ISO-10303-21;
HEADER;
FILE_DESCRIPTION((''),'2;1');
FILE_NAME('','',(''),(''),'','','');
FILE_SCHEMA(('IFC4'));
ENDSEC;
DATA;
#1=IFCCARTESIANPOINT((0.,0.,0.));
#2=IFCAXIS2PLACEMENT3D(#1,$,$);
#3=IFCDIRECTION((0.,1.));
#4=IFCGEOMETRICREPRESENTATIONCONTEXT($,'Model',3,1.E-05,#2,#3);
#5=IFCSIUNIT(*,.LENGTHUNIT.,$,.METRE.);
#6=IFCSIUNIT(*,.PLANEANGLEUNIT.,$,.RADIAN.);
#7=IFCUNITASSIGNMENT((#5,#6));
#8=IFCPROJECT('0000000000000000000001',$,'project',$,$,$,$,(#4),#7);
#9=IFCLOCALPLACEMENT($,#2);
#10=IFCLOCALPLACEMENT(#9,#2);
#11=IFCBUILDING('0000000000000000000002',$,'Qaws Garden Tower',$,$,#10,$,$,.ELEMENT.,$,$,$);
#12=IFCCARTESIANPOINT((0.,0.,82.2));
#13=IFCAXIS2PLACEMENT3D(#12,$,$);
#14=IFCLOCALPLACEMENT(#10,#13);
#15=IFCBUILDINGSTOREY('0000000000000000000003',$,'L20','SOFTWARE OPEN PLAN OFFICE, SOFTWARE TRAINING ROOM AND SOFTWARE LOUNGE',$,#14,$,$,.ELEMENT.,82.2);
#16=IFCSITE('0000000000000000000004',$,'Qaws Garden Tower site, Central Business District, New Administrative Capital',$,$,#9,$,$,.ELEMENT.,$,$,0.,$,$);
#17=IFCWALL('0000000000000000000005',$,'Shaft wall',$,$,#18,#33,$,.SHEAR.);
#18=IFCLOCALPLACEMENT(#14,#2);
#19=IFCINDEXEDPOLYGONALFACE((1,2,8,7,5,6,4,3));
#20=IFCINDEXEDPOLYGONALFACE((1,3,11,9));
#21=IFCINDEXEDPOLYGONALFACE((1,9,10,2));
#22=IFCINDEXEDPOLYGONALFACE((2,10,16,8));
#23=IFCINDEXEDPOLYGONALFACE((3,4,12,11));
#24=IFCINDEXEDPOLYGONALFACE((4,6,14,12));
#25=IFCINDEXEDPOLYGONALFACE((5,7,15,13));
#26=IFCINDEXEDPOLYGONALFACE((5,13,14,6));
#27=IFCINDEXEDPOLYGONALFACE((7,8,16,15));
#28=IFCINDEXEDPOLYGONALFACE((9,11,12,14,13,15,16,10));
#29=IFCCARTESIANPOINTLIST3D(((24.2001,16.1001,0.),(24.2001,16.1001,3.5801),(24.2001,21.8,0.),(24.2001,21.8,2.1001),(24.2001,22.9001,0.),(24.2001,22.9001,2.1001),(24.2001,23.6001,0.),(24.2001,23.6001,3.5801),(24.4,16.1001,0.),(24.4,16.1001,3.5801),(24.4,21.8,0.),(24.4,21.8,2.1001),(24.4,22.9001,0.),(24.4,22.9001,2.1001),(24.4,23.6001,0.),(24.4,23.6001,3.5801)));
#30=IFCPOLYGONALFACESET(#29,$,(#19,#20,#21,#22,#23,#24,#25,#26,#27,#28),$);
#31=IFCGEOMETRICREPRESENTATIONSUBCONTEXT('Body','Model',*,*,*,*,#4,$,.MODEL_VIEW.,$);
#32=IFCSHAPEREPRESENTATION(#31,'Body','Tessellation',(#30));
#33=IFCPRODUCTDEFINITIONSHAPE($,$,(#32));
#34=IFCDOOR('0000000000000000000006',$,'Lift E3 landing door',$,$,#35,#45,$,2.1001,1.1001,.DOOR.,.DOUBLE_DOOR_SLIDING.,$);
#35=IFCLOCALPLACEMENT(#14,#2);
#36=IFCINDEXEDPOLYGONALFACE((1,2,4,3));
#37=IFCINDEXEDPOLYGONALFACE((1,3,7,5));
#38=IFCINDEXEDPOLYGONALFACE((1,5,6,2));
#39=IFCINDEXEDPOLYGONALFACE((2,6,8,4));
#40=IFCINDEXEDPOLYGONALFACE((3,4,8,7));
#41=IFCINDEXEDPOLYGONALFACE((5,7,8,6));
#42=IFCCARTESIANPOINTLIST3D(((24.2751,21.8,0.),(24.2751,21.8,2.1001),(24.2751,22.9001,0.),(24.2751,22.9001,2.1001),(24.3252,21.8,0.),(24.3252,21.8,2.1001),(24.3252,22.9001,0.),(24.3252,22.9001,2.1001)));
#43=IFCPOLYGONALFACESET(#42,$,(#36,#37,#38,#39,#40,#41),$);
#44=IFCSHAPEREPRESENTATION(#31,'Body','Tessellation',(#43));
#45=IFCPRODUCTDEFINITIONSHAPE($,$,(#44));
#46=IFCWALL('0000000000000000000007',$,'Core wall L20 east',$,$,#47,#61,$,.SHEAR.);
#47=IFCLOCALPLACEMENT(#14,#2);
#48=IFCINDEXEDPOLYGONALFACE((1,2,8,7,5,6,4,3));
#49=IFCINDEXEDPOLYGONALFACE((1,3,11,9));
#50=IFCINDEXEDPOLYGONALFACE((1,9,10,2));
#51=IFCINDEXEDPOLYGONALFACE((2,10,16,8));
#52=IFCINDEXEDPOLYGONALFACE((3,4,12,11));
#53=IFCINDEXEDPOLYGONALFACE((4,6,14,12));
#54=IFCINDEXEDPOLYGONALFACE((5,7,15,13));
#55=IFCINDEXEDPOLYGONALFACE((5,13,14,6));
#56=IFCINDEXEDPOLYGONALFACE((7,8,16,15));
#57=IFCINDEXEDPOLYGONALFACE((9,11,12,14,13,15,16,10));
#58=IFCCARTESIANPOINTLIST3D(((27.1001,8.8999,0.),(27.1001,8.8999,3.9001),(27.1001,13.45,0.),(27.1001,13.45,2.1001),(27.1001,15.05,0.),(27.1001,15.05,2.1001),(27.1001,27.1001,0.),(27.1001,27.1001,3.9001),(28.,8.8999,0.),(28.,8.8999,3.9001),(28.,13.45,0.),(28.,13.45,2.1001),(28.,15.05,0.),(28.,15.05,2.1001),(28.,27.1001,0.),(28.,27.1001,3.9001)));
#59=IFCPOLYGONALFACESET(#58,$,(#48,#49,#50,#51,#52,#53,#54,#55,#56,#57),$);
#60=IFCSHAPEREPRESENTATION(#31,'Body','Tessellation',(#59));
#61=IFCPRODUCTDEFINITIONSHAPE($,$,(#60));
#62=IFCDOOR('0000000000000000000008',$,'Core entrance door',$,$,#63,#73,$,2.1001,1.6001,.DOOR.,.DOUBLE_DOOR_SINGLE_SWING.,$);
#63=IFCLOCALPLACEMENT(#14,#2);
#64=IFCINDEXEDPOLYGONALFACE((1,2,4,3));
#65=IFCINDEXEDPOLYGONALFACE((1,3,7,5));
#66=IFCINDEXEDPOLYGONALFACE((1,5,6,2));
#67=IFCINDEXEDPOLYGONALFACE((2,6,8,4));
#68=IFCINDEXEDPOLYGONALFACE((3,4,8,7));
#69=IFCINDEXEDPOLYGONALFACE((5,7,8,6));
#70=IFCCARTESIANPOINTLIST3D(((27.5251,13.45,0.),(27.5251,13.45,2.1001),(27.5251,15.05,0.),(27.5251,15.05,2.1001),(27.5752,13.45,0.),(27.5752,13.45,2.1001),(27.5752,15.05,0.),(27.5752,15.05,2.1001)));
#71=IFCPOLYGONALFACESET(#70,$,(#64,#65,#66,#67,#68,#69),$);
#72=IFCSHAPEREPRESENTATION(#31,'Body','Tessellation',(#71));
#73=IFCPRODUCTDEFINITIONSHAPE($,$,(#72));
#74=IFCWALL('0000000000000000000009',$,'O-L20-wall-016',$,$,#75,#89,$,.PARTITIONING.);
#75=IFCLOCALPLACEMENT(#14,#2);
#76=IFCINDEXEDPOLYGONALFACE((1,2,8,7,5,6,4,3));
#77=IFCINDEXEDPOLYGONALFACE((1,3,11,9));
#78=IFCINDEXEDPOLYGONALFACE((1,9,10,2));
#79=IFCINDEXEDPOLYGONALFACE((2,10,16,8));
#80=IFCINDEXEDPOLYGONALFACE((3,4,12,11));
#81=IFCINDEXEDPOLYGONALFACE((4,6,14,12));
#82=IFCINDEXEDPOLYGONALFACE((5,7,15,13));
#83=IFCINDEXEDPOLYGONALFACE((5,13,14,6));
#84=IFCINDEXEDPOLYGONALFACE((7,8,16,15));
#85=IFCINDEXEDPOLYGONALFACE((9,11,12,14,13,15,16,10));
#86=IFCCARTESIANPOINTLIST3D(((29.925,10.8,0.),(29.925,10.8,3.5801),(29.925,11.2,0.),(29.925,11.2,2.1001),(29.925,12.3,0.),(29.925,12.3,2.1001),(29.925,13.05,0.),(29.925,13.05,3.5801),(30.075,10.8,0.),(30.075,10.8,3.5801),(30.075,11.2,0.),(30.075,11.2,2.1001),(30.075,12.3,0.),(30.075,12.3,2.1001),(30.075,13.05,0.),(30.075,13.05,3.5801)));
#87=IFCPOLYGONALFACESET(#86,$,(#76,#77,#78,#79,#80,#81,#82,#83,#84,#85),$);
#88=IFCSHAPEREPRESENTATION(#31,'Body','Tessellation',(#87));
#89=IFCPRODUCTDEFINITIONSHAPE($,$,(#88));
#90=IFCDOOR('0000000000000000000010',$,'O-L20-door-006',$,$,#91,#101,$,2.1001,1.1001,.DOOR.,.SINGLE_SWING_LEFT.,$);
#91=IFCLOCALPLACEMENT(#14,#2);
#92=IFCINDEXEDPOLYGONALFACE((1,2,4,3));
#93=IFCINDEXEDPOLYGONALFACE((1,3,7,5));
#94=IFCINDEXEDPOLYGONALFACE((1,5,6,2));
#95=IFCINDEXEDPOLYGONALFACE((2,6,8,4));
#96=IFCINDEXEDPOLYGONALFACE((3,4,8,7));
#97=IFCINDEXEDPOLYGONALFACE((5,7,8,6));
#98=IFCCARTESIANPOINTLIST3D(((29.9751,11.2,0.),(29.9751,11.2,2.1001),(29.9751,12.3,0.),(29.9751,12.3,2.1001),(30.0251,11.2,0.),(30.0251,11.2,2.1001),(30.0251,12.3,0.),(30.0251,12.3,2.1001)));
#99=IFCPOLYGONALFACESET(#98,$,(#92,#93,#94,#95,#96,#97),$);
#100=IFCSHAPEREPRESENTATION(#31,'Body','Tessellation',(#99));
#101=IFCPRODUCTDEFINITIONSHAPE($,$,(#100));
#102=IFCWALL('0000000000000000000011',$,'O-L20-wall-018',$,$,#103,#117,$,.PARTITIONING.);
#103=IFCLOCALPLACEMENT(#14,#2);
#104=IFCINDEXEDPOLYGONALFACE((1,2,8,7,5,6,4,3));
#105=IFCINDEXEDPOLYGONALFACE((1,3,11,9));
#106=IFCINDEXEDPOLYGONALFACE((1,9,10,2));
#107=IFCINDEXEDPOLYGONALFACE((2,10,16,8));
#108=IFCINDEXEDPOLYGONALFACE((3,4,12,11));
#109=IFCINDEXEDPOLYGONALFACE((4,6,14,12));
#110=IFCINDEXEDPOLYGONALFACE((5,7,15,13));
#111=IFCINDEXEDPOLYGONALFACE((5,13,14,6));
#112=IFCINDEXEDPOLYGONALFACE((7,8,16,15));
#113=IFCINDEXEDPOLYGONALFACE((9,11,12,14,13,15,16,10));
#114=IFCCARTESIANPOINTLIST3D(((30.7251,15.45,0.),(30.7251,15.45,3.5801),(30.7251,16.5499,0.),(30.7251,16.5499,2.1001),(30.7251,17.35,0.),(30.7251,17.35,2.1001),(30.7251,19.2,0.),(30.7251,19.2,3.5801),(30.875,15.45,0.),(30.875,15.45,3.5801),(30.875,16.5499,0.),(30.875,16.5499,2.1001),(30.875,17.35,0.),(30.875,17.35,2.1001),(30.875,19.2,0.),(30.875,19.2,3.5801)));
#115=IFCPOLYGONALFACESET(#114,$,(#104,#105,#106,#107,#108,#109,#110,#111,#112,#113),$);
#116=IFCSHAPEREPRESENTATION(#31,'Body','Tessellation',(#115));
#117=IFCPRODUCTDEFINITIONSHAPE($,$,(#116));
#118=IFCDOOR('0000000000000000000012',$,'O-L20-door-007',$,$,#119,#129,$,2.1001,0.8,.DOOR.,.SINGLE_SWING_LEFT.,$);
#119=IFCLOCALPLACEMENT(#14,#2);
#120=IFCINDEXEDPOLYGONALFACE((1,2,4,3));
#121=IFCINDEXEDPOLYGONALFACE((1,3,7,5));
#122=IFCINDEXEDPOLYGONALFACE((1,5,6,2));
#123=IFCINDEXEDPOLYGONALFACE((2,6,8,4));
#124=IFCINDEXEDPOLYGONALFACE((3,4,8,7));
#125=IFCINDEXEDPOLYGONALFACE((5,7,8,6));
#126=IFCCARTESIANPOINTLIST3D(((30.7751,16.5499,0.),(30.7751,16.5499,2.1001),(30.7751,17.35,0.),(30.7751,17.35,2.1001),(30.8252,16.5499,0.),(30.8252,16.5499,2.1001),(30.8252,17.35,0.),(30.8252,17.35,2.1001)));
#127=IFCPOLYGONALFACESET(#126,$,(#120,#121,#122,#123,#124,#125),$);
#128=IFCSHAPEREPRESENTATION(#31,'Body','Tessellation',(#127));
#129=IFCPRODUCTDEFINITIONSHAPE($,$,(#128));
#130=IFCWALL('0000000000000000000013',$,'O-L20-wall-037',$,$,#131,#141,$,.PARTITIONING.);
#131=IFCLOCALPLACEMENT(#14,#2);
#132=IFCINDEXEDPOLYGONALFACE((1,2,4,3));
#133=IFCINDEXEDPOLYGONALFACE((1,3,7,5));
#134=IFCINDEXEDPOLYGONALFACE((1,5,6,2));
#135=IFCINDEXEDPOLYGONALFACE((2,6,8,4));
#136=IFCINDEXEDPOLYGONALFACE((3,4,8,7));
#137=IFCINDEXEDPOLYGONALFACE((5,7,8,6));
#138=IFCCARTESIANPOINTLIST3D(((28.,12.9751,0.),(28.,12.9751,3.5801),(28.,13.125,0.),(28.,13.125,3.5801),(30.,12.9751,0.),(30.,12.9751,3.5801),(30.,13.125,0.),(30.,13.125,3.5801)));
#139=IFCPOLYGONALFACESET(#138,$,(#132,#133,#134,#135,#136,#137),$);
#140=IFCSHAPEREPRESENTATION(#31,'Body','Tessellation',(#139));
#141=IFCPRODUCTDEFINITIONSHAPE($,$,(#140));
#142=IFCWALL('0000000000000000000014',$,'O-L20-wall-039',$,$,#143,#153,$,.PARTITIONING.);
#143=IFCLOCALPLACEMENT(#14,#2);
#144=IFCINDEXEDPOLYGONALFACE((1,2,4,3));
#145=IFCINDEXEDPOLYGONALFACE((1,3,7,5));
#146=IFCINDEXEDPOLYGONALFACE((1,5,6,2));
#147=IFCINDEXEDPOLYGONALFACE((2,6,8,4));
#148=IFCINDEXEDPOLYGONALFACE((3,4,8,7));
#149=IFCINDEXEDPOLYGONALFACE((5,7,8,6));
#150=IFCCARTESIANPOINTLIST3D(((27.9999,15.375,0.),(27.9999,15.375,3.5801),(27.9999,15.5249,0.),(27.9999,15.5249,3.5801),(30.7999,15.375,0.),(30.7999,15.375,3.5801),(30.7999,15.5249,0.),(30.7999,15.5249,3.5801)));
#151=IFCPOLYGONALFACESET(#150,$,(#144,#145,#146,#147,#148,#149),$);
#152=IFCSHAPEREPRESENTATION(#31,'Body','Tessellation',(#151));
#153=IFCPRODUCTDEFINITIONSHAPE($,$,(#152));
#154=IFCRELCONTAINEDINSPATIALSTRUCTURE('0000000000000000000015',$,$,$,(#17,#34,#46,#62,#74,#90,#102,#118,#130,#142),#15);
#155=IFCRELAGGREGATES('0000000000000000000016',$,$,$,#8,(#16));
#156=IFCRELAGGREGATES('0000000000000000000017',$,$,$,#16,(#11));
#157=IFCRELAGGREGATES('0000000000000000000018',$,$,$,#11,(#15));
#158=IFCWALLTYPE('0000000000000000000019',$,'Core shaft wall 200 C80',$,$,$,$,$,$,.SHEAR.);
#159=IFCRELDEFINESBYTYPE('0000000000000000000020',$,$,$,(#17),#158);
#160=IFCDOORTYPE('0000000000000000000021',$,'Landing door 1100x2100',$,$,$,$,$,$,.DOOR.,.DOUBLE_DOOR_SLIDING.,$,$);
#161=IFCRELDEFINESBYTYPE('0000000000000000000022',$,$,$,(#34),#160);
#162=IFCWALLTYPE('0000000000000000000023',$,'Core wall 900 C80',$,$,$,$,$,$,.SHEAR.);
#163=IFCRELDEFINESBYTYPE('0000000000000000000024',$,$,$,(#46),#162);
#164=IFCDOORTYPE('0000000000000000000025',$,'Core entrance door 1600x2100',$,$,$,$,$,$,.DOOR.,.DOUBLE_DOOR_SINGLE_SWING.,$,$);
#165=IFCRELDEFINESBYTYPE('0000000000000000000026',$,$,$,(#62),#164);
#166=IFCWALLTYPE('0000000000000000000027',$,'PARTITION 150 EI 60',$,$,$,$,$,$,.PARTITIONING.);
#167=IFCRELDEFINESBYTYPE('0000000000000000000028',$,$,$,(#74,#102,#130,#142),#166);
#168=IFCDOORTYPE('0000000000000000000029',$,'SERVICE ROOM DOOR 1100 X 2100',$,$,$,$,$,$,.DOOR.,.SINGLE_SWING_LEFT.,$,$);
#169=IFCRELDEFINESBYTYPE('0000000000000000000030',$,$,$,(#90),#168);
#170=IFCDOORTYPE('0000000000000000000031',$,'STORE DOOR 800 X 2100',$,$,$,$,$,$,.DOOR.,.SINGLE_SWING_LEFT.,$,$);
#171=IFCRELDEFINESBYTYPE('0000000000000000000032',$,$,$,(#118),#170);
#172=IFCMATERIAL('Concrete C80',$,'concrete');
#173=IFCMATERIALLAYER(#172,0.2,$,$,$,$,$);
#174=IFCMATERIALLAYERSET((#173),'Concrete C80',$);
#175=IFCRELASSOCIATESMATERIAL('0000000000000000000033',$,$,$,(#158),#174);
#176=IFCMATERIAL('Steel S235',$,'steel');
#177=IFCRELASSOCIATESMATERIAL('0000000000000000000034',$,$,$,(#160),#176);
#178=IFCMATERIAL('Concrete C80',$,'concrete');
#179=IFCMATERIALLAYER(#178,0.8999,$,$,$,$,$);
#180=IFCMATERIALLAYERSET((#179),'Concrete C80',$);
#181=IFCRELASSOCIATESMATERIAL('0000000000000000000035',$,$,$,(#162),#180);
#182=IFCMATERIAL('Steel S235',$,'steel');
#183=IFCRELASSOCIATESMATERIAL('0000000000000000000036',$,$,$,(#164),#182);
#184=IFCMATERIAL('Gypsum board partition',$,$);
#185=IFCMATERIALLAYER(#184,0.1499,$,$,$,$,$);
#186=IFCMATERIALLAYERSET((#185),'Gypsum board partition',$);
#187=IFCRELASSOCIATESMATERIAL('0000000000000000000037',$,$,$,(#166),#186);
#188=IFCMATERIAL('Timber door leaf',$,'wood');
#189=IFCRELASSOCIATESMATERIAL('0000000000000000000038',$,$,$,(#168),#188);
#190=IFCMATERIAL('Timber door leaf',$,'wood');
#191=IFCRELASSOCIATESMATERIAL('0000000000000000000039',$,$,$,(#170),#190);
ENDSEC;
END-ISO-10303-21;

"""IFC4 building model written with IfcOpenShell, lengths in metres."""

from ifc_helpers import new_model, si_unit, direction, frame, frame_2d, origin, place, context, subcontext, project, spatial, rectangle, extrude, material, layer, layer_set, type_object, element, fill, save


model = new_model("IFC4")

# Units and contexts
model_context = context("Model", 3, precision=1e-05, world=origin(), true_north=direction((0.0, 1.0)))
body_context = subcontext(model_context, "Body", "Model", "MODEL_VIEW")
ifc_project = project(units=[si_unit("LENGTHUNIT", "METRE"), si_unit("PLANEANGLEUNIT", "RADIAN")], contexts=[model_context])

# Site, building, storey
site_placement = place(None, origin())
site = spatial("IfcSite", under=ifc_project, at=site_placement, Name="Qaws Garden Tower site, Central Business District, New Administrative Capital", CompositionType="ELEMENT", RefElevation=0.0)
building_placement = place(site_placement, origin())
building = spatial("IfcBuilding", under=site, at=building_placement, Name="Qaws Garden Tower", CompositionType="ELEMENT")
storey_placement = place(building_placement, frame((0.0, 0.0, 82.2)))
storey = spatial("IfcBuildingStorey", under=building, at=storey_placement, Name="L20", Description="SOFTWARE OPEN PLAN OFFICE, SOFTWARE TRAINING ROOM AND SOFTWARE LOUNGE", CompositionType="ELEMENT", Elevation=82.2)

# Shared definitions
ifc_material_1 = material(Name="Concrete C80", Category="concrete")
ifc_layer_1 = layer(ifc_material_1, 0.2)
ifc_layer_set_1 = layer_set([ifc_layer_1], Name="Concrete C80")
wall_type_1 = type_object("IfcWallType", Name="Core shaft wall 200 C80", PredefinedType="SHEAR", material=ifc_layer_set_1)

# Walls, openings, doors
wall_1_placement = place(storey_placement, frame((24.3, 16.1001, 0.0), z_axis=(0.0, 0.0, 1.0), x_axis=(0.0, 1.0, 0.0)))
wall_1 = element("IfcWall", 1, at=wall_1_placement, inside=storey, type_object=wall_type_1, Name="Shaft wall", PredefinedType="SHEAR", context=body_context, shape_type="SweptSolid", body=[
    extrude(rectangle(XDim=7.5, YDim=0.2, at=frame_2d((3.75, 0.0))), origin(), (0.0, 0.0, 1.0), 3.5801),
])
opening_1_placement = place(wall_1_placement, frame((5.7, 0.0, 0.0)))
opening_1 = element("IfcOpeningElement", 2, at=opening_1_placement, cuts=wall_1, PredefinedType="OPENING", context=body_context, shape_type="SweptSolid", body=[
    extrude(rectangle(XDim=1.1001, YDim=2.1001, at=frame_2d((0.55, 1.05))), frame((0.0, 0.1099, 0.0), z_axis=(0.0, -1.0, 0.0), x_axis=(1.0, 0.0, 0.0)), (0.0, 0.0, 1.0), 0.22),
])
ifc_material_2 = material(Name="Steel S235", Category="steel")
door_type_1 = type_object("IfcDoorType", Name="Landing door 1100x2100", OperationType="DOUBLE_DOOR_SLIDING", PredefinedType="DOOR", material=ifc_material_2)
door_1_placement = place(opening_1_placement, origin())
door_1 = element("IfcDoor", 3, at=door_1_placement, inside=storey, type_object=door_type_1, Name="Lift E3 landing door", OperationType="DOUBLE_DOOR_SLIDING", OverallHeight=2.1001, OverallWidth=1.1001, PredefinedType="DOOR", context=body_context, shape_type="SweptSolid", body=[
    extrude(rectangle(XDim=1.1001, YDim=2.1001, at=frame_2d((0.55, 1.05))), frame((0.0, 0.0249, 0.0), z_axis=(0.0, -1.0, 0.0), x_axis=(1.0, 0.0, 0.0)), (0.0, 0.0, 1.0), 0.05),
])
fill(opening_1, door_1)
ifc_material_3 = material(Name="Concrete C80", Category="concrete")
ifc_layer_2 = layer(ifc_material_3, 0.8999)
ifc_layer_set_2 = layer_set([ifc_layer_2], Name="Concrete C80")
wall_type_2 = type_object("IfcWallType", Name="Core wall 900 C80", PredefinedType="SHEAR", material=ifc_layer_set_2)
wall_2_placement = place(storey_placement, frame((27.55, 8.8999, 0.0), z_axis=(0.0, 0.0, 1.0), x_axis=(0.0, 1.0, 0.0)))
wall_2 = element("IfcWall", 4, at=wall_2_placement, inside=storey, type_object=wall_type_2, Name="Core wall L20 east", PredefinedType="SHEAR", context=body_context, shape_type="SweptSolid", body=[
    extrude(rectangle(XDim=18.2002, YDim=0.8999, at=frame_2d((9.1001, 0.0))), origin(), (0.0, 0.0, 1.0), 3.9001),
])
opening_2_placement = place(wall_2_placement, frame((4.55, 0.0, 0.0)))
opening_2 = element("IfcOpeningElement", 5, at=opening_2_placement, cuts=wall_2, PredefinedType="OPENING", context=body_context, shape_type="SweptSolid", body=[
    extrude(rectangle(XDim=1.6001, YDim=2.1001, at=frame_2d((0.8, 1.05))), frame((0.0, 0.46, 0.0), z_axis=(0.0, -1.0, 0.0), x_axis=(1.0, 0.0, 0.0)), (0.0, 0.0, 1.0), 0.9199),
])
ifc_material_4 = material(Name="Steel S235", Category="steel")
door_type_2 = type_object("IfcDoorType", Name="Core entrance door 1600x2100", OperationType="DOUBLE_DOOR_SINGLE_SWING", PredefinedType="DOOR", material=ifc_material_4)
door_2_placement = place(opening_2_placement, origin())
door_2 = element("IfcDoor", 6, at=door_2_placement, inside=storey, type_object=door_type_2, Name="Core entrance door", OperationType="DOUBLE_DOOR_SINGLE_SWING", OverallHeight=2.1001, OverallWidth=1.6001, PredefinedType="DOOR", context=body_context, shape_type="SweptSolid", body=[
    extrude(rectangle(XDim=1.6001, YDim=2.1001, at=frame_2d((0.8, 1.05))), frame((0.0, 0.0249, 0.0), z_axis=(0.0, -1.0, 0.0), x_axis=(1.0, 0.0, 0.0)), (0.0, 0.0, 1.0), 0.05),
])
fill(opening_2, door_2)
ifc_material_5 = material(Name="Gypsum board partition")
ifc_layer_3 = layer(ifc_material_5, 0.1499)
ifc_layer_set_3 = layer_set([ifc_layer_3], Name="Gypsum board partition")
wall_type_3 = type_object("IfcWallType", Name="PARTITION 150 EI 60", PredefinedType="PARTITIONING", material=ifc_layer_set_3)
wall_3_placement = place(storey_placement, frame((30.0, 10.8, 0.0), z_axis=(0.0, 0.0, 1.0), x_axis=(0.0, 1.0, 0.0)))
wall_3 = element("IfcWall", 7, at=wall_3_placement, inside=storey, type_object=wall_type_3, Name="O-L20-wall-016", PredefinedType="PARTITIONING", context=body_context, shape_type="SweptSolid", body=[
    extrude(rectangle(XDim=2.25, YDim=0.1499, at=frame_2d((1.125, 0.0))), origin(), (0.0, 0.0, 1.0), 3.5801),
])
opening_3_placement = place(wall_3_placement, frame((0.3999, 0.0, 0.0)))
opening_3 = element("IfcOpeningElement", 8, at=opening_3_placement, cuts=wall_3, PredefinedType="OPENING", context=body_context, shape_type="SweptSolid", body=[
    extrude(rectangle(XDim=1.1001, YDim=2.1001, at=frame_2d((0.55, 1.05))), frame((0.0, 0.085, 0.0), z_axis=(0.0, -1.0, 0.0), x_axis=(1.0, 0.0, 0.0)), (0.0, 0.0, 1.0), 0.1699),
])
ifc_material_6 = material(Name="Timber door leaf", Category="wood")
door_type_3 = type_object("IfcDoorType", Name="SERVICE ROOM DOOR 1100 X 2100", OperationType="SINGLE_SWING_LEFT", PredefinedType="DOOR", material=ifc_material_6)
door_3_placement = place(opening_3_placement, origin())
door_3 = element("IfcDoor", 9, at=door_3_placement, inside=storey, type_object=door_type_3, Name="O-L20-door-006", OperationType="SINGLE_SWING_LEFT", OverallHeight=2.1001, OverallWidth=1.1001, PredefinedType="DOOR", context=body_context, shape_type="SweptSolid", body=[
    extrude(rectangle(XDim=1.1001, YDim=2.1001, at=frame_2d((0.55, 1.05))), frame((0.0, 0.0249, 0.0), z_axis=(0.0, -1.0, 0.0), x_axis=(1.0, 0.0, 0.0)), (0.0, 0.0, 1.0), 0.05),
])
fill(opening_3, door_3)
wall_4_placement = place(storey_placement, frame((30.8, 15.45, 0.0), z_axis=(0.0, 0.0, 1.0), x_axis=(0.0, 1.0, 0.0)))
wall_4 = element("IfcWall", 10, at=wall_4_placement, inside=storey, type_object=wall_type_3, Name="O-L20-wall-018", PredefinedType="PARTITIONING", context=body_context, shape_type="SweptSolid", body=[
    extrude(rectangle(XDim=3.75, YDim=0.1499, at=frame_2d((1.875, 0.0))), origin(), (0.0, 0.0, 1.0), 3.5801),
])
opening_4_placement = place(wall_4_placement, frame((1.1001, 0.0, 0.0)))
opening_4 = element("IfcOpeningElement", 11, at=opening_4_placement, cuts=wall_4, PredefinedType="OPENING", context=body_context, shape_type="SweptSolid", body=[
    extrude(rectangle(XDim=0.8, YDim=2.1001, at=frame_2d((0.3999, 1.05))), frame((0.0, 0.085, 0.0), z_axis=(0.0, -1.0, 0.0), x_axis=(1.0, 0.0, 0.0)), (0.0, 0.0, 1.0), 0.1699),
])
ifc_material_7 = material(Name="Timber door leaf", Category="wood")
door_type_4 = type_object("IfcDoorType", Name="STORE DOOR 800 X 2100", OperationType="SINGLE_SWING_LEFT", PredefinedType="DOOR", material=ifc_material_7)
door_4_placement = place(opening_4_placement, origin())
door_4 = element("IfcDoor", 12, at=door_4_placement, inside=storey, type_object=door_type_4, Name="O-L20-door-007", OperationType="SINGLE_SWING_LEFT", OverallHeight=2.1001, OverallWidth=0.8, PredefinedType="DOOR", context=body_context, shape_type="SweptSolid", body=[
    extrude(rectangle(XDim=0.8, YDim=2.1001, at=frame_2d((0.3999, 1.05))), frame((0.0, 0.0249, 0.0), z_axis=(0.0, -1.0, 0.0), x_axis=(1.0, 0.0, 0.0)), (0.0, 0.0, 1.0), 0.05),
])
fill(opening_4, door_4)

# Walls
wall_5_placement = place(storey_placement, frame((28.0, 13.05, 0.0), z_axis=(0.0, 0.0, 1.0), x_axis=(1.0, 0.0, 0.0)))
element("IfcWall", 13, at=wall_5_placement, inside=storey, type_object=wall_type_3, Name="O-L20-wall-037", PredefinedType="PARTITIONING", context=body_context, shape_type="SweptSolid", body=[
    extrude(rectangle(XDim=2.0, YDim=0.1499, at=frame_2d((1.0, 0.0))), origin(), (0.0, 0.0, 1.0), 3.5801),
])
wall_6_placement = place(storey_placement, frame((28.0, 15.45, 0.0), z_axis=(0.0, 0.0, 1.0), x_axis=(1.0, 0.0, 0.0)))
element("IfcWall", 14, at=wall_6_placement, inside=storey, type_object=wall_type_3, Name="O-L20-wall-039", PredefinedType="PARTITIONING", context=body_context, shape_type="SweptSolid", body=[
    extrude(rectangle(XDim=2.8, YDim=0.1499, at=frame_2d((1.3999, 0.0))), origin(), (0.0, 0.0, 1.0), 3.5801),
])

save(model, "model.ifc")
